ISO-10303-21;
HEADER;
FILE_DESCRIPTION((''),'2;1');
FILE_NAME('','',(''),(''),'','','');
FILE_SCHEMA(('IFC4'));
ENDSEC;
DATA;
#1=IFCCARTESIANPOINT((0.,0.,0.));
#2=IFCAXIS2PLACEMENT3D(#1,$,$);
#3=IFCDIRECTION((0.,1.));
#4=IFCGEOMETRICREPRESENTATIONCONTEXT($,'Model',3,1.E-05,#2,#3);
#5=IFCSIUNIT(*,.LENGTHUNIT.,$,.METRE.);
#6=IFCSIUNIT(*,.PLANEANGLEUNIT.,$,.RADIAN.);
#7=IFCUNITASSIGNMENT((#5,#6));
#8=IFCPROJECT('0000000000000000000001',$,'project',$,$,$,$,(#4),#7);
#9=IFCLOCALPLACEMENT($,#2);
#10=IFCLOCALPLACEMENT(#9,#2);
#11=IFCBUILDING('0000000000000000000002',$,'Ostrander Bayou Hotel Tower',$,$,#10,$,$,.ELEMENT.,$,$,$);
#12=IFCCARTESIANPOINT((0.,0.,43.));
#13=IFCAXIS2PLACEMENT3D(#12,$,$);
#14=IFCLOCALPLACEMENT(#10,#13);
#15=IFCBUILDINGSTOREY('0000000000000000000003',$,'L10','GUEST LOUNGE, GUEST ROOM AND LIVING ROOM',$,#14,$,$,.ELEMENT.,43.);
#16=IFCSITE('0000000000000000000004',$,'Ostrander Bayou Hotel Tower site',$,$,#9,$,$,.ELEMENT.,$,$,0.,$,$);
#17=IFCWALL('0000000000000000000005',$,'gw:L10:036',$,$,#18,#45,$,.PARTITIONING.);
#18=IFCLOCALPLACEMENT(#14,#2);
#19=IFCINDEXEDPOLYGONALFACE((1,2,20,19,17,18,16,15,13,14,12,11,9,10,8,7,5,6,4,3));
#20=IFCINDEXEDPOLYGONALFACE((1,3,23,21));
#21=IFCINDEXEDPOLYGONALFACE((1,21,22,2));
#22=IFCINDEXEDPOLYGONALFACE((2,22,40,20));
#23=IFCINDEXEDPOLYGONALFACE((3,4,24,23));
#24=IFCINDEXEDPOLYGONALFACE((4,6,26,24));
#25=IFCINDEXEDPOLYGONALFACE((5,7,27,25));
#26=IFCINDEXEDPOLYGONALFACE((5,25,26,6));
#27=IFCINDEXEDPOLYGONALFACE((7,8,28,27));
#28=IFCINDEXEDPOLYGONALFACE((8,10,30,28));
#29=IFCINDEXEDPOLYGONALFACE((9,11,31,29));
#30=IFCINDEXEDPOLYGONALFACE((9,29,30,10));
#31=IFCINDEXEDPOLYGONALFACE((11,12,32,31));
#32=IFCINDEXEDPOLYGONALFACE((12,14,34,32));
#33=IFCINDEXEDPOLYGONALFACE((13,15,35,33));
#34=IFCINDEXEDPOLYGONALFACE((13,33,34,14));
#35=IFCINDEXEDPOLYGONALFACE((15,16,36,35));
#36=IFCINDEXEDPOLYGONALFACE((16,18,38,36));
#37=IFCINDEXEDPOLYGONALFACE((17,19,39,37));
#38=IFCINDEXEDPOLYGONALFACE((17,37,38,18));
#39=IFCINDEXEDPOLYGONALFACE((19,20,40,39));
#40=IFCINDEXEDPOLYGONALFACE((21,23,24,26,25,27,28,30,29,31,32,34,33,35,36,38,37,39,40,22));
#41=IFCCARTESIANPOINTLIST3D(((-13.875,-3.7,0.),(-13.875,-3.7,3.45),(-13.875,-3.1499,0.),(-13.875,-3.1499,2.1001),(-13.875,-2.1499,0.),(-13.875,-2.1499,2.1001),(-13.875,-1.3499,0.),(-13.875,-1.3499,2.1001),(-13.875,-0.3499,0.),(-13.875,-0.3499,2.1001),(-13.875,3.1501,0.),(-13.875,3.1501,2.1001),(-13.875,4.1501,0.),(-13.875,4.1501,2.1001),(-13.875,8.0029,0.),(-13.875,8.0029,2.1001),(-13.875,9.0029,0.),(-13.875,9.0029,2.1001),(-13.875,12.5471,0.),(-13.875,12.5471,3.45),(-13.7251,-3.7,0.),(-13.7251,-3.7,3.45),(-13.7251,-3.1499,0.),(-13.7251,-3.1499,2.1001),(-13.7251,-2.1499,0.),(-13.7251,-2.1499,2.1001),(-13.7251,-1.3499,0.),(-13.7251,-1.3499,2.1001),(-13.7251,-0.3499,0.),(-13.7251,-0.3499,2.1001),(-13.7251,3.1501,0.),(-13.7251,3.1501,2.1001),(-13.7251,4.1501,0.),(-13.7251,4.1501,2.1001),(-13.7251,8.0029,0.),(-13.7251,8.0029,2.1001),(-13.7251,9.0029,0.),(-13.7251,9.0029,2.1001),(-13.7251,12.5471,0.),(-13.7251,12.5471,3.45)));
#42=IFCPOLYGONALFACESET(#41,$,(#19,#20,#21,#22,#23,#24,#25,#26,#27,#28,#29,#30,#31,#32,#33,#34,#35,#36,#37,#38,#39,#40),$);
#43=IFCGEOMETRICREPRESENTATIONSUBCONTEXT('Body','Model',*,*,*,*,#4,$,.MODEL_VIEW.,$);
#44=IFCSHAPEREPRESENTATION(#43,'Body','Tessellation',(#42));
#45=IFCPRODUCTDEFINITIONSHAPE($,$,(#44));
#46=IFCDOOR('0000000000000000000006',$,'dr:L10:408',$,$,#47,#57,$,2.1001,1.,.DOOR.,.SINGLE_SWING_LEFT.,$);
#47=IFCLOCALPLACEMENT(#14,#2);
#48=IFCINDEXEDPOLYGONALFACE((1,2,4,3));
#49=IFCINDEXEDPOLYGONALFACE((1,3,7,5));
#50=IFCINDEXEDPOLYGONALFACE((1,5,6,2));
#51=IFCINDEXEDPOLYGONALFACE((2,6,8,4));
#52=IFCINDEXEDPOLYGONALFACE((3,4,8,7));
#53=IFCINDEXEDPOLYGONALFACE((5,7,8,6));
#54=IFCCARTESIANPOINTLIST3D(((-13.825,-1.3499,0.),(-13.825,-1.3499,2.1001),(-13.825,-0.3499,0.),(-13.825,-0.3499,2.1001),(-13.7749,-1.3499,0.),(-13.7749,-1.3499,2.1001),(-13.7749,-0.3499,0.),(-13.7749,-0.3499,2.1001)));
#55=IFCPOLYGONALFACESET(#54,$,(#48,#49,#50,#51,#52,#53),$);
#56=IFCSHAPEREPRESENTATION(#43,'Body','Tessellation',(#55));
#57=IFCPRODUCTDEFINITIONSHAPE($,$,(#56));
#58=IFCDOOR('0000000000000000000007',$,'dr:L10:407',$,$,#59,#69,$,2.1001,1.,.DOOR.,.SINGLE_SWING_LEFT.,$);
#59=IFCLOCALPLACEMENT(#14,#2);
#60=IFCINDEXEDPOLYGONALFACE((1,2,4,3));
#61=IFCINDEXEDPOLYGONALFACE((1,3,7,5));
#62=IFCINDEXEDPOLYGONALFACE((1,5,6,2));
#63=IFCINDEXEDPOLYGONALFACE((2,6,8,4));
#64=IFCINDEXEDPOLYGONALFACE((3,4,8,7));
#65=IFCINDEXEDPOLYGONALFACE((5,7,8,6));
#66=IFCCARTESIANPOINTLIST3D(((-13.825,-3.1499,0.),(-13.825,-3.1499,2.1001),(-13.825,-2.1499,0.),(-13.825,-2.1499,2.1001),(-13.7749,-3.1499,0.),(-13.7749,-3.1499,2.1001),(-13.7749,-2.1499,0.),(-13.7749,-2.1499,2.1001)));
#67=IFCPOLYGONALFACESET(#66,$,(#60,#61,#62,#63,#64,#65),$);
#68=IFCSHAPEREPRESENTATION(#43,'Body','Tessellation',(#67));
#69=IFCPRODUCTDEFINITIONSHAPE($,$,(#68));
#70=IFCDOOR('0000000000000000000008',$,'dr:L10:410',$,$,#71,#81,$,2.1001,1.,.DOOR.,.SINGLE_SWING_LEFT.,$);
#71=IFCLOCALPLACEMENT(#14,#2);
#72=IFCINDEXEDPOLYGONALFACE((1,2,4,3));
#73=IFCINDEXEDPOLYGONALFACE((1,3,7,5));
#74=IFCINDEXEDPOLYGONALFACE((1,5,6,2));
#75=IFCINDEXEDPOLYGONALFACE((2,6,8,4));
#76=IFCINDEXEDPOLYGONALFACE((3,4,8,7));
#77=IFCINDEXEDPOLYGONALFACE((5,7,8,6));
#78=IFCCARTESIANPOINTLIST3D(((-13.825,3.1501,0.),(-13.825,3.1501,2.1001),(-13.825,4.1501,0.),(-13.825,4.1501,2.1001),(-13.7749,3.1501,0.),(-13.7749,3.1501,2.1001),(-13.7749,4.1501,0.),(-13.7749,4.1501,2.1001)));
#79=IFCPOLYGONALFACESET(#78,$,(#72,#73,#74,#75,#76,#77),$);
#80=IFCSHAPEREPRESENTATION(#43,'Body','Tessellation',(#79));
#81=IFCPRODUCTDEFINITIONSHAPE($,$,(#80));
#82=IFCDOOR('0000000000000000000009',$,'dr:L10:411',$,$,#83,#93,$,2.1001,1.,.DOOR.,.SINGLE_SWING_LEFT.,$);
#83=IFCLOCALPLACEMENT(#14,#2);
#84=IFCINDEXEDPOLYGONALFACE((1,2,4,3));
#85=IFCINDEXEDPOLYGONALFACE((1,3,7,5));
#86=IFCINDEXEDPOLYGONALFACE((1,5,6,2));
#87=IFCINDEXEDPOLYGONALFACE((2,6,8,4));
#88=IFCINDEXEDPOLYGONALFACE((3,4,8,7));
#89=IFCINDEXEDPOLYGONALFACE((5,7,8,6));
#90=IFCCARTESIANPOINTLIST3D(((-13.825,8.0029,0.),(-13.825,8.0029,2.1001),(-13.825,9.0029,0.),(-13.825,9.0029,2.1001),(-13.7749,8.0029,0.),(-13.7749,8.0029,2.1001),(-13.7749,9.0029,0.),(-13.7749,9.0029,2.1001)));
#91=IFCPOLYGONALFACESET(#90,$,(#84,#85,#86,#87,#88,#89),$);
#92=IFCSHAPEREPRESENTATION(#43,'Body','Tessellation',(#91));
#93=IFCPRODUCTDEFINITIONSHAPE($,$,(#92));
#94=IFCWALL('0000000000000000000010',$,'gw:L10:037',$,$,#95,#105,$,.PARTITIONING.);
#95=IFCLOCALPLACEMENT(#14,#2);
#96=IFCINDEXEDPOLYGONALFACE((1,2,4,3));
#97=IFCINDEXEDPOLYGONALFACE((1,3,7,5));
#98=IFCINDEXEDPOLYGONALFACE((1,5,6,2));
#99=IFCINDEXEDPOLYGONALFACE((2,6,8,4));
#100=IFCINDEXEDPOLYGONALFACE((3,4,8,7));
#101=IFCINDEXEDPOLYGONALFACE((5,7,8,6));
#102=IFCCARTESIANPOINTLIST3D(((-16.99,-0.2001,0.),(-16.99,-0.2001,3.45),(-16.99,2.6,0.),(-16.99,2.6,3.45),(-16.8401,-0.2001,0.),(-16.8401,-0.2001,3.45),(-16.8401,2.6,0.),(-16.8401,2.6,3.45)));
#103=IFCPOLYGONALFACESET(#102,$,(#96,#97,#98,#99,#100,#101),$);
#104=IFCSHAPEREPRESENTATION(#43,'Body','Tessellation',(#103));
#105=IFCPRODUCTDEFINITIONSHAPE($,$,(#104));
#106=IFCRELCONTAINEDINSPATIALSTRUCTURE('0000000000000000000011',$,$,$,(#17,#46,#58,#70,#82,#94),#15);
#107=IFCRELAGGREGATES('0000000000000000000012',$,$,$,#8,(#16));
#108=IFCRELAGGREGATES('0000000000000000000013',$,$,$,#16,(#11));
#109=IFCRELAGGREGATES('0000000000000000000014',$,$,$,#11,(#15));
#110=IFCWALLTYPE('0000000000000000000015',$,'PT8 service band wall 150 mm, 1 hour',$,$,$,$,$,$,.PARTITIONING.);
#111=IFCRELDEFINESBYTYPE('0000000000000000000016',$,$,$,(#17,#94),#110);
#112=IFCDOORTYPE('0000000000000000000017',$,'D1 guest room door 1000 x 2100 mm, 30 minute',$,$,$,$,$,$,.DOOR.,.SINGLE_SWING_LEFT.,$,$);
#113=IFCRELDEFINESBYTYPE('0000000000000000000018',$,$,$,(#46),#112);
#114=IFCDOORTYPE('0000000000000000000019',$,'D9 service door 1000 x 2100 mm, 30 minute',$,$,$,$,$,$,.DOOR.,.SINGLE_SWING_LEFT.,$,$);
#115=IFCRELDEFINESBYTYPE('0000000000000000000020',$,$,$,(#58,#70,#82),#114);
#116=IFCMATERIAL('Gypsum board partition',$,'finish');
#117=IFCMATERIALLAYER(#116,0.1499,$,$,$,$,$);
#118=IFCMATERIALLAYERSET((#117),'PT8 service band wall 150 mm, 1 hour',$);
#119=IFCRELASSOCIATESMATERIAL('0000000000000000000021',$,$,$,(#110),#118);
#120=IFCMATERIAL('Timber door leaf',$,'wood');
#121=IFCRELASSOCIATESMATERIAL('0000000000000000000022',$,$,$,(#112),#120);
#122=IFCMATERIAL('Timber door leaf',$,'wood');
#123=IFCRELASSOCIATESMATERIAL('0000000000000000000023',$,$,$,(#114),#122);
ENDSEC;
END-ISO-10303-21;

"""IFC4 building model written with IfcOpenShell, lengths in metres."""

from ifc_helpers import new_model, si_unit, direction, frame, frame_2d, origin, place, context, subcontext, project, spatial, rectangle, extrude, material, layer, layer_set, type_object, element, fill, save


model = new_model("IFC4")

# Units and contexts
model_context = context("Model", 3, precision=1e-05, world=origin(), true_north=direction((0.0, 1.0)))
body_context = subcontext(model_context, "Body", "Model", "MODEL_VIEW")
ifc_project = project(units=[si_unit("LENGTHUNIT", "METRE"), si_unit("PLANEANGLEUNIT", "RADIAN")], contexts=[model_context])

# Site, building, storey
site_placement = place(None, origin())
site = spatial("IfcSite", under=ifc_project, at=site_placement, Name="Ostrander Bayou Hotel Tower site", CompositionType="ELEMENT", RefElevation=0.0)
building_placement = place(site_placement, origin())
building = spatial("IfcBuilding", under=site, at=building_placement, Name="Ostrander Bayou Hotel Tower", CompositionType="ELEMENT")
storey_placement = place(building_placement, frame((0.0, 0.0, 43.0)))
storey = spatial("IfcBuildingStorey", under=building, at=storey_placement, Name="L10", Description="GUEST LOUNGE, GUEST ROOM AND LIVING ROOM", CompositionType="ELEMENT", Elevation=43.0)

# Shared definitions
ifc_material_1 = material(Name="Gypsum board partition", Category="finish")
ifc_layer_1 = layer(ifc_material_1, 0.1499)
ifc_layer_set_1 = layer_set([ifc_layer_1], Name="PT8 service band wall 150 mm, 1 hour")
wall_type_1 = type_object("IfcWallType", Name="PT8 service band wall 150 mm, 1 hour", PredefinedType="PARTITIONING", material=ifc_layer_set_1)

# Wall, openings, doors
wall_1_placement = place(storey_placement, frame((-13.8, -3.7, 0.0), z_axis=(0.0, 0.0, 1.0), x_axis=(0.0, 1.0, 0.0)))
wall_1 = element("IfcWall", 1, at=wall_1_placement, inside=storey, type_object=wall_type_1, Name="gw:L10:036", PredefinedType="PARTITIONING", context=body_context, shape_type="SweptSolid", body=[
    extrude(rectangle(XDim=16.2471, YDim=0.1499, at=frame_2d((8.1235, 0.0))), origin(), (0.0, 0.0, 1.0), 3.45),
])
opening_1_placement = place(wall_1_placement, frame((0.55, 0.0, 0.0)))
opening_1 = element("IfcOpeningElement", 2, at=opening_1_placement, cuts=wall_1, PredefinedType="OPENING", context=body_context, shape_type="SweptSolid", body=[
    extrude(rectangle(XDim=1.0, YDim=2.1001, at=frame_2d((0.5, 1.05))), frame((0.0, 0.075, 0.0), z_axis=(0.0, -1.0, 0.0), x_axis=(1.0, 0.0, 0.0)), (0.0, 0.0, 1.0), 0.1499),
])
opening_2_placement = place(wall_1_placement, frame((2.3501, 0.0, 0.0)))
opening_2 = element("IfcOpeningElement", 3, at=opening_2_placement, cuts=wall_1, PredefinedType="OPENING", context=body_context, shape_type="SweptSolid", body=[
    extrude(rectangle(XDim=1.0, YDim=2.1001, at=frame_2d((0.5, 1.05))), frame((0.0, 0.075, 0.0), z_axis=(0.0, -1.0, 0.0), x_axis=(1.0, 0.0, 0.0)), (0.0, 0.0, 1.0), 0.1499),
])
opening_3_placement = place(wall_1_placement, frame((6.8501, 0.0, 0.0)))
opening_3 = element("IfcOpeningElement", 4, at=opening_3_placement, cuts=wall_1, PredefinedType="OPENING", context=body_context, shape_type="SweptSolid", body=[
    extrude(rectangle(XDim=1.0, YDim=2.1001, at=frame_2d((0.5, 1.05))), frame((0.0, 0.075, 0.0), z_axis=(0.0, -1.0, 0.0), x_axis=(1.0, 0.0, 0.0)), (0.0, 0.0, 1.0), 0.1499),
])
opening_4_placement = place(wall_1_placement, frame((11.7029, 0.0, 0.0)))
opening_4 = element("IfcOpeningElement", 5, at=opening_4_placement, cuts=wall_1, PredefinedType="OPENING", context=body_context, shape_type="SweptSolid", body=[
    extrude(rectangle(XDim=1.0, YDim=2.1001, at=frame_2d((0.5, 1.05))), frame((0.0, 0.075, 0.0), z_axis=(0.0, -1.0, 0.0), x_axis=(1.0, 0.0, 0.0)), (0.0, 0.0, 1.0), 0.1499),
])
ifc_material_2 = material(Name="Timber door leaf", Category="wood")
door_type_1 = type_object("IfcDoorType", Name="D1 guest room door 1000 x 2100 mm, 30 minute", OperationType="SINGLE_SWING_LEFT", PredefinedType="DOOR", material=ifc_material_2)
door_1_placement = place(opening_2_placement, origin())
door_1 = element("IfcDoor", 6, at=door_1_placement, inside=storey, type_object=door_type_1, Name="dr:L10:408", OperationType="SINGLE_SWING_LEFT", OverallHeight=2.1001, OverallWidth=1.0, PredefinedType="DOOR", context=body_context, shape_type="SweptSolid", body=[
    extrude(rectangle(XDim=1.0, YDim=2.1001, at=frame_2d((0.5, 1.05))), frame((0.0, 0.0249, 0.0), z_axis=(0.0, -1.0, 0.0), x_axis=(1.0, 0.0, 0.0)), (0.0, 0.0, 1.0), 0.05),
])
fill(opening_2, door_1)
ifc_material_3 = material(Name="Timber door leaf", Category="wood")
door_type_2 = type_object("IfcDoorType", Name="D9 service door 1000 x 2100 mm, 30 minute", OperationType="SINGLE_SWING_LEFT", PredefinedType="DOOR", material=ifc_material_3)
door_2_placement = place(opening_1_placement, origin())
door_2 = element("IfcDoor", 7, at=door_2_placement, inside=storey, type_object=door_type_2, Name="dr:L10:407", OperationType="SINGLE_SWING_LEFT", OverallHeight=2.1001, OverallWidth=1.0, PredefinedType="DOOR", context=body_context, shape_type="SweptSolid", body=[
    extrude(rectangle(XDim=1.0, YDim=2.1001, at=frame_2d((0.5, 1.05))), frame((0.0, 0.0249, 0.0), z_axis=(0.0, -1.0, 0.0), x_axis=(1.0, 0.0, 0.0)), (0.0, 0.0, 1.0), 0.05),
])
fill(opening_1, door_2)
door_3_placement = place(opening_3_placement, origin())
door_3 = element("IfcDoor", 8, at=door_3_placement, inside=storey, type_object=door_type_2, Name="dr:L10:410", OperationType="SINGLE_SWING_LEFT", OverallHeight=2.1001, OverallWidth=1.0, PredefinedType="DOOR", context=body_context, shape_type="SweptSolid", body=[
    extrude(rectangle(XDim=1.0, YDim=2.1001, at=frame_2d((0.5, 1.05))), frame((0.0, 0.0249, 0.0), z_axis=(0.0, -1.0, 0.0), x_axis=(1.0, 0.0, 0.0)), (0.0, 0.0, 1.0), 0.05),
])
fill(opening_3, door_3)
door_4_placement = place(opening_4_placement, origin())
door_4 = element("IfcDoor", 9, at=door_4_placement, inside=storey, type_object=door_type_2, Name="dr:L10:411", OperationType="SINGLE_SWING_LEFT", OverallHeight=2.1001, OverallWidth=1.0, PredefinedType="DOOR", context=body_context, shape_type="SweptSolid", body=[
    extrude(rectangle(XDim=1.0, YDim=2.1001, at=frame_2d((0.5, 1.05))), frame((0.0, 0.0249, 0.0), z_axis=(0.0, -1.0, 0.0), x_axis=(1.0, 0.0, 0.0)), (0.0, 0.0, 1.0), 0.05),
])
fill(opening_4, door_4)

# Wall
wall_2_placement = place(storey_placement, frame((-16.915, -0.2, 0.0), z_axis=(0.0, 0.0, 1.0), x_axis=(0.0, 1.0, 0.0)))
element("IfcWall", 10, at=wall_2_placement, inside=storey, type_object=wall_type_1, Name="gw:L10:037", PredefinedType="PARTITIONING", context=body_context, shape_type="SweptSolid", body=[
    extrude(rectangle(XDim=2.8, YDim=0.1499, at=frame_2d((1.3999, 0.0))), origin(), (0.0, 0.0, 1.0), 3.45),
])

save(model, "model.ifc")
